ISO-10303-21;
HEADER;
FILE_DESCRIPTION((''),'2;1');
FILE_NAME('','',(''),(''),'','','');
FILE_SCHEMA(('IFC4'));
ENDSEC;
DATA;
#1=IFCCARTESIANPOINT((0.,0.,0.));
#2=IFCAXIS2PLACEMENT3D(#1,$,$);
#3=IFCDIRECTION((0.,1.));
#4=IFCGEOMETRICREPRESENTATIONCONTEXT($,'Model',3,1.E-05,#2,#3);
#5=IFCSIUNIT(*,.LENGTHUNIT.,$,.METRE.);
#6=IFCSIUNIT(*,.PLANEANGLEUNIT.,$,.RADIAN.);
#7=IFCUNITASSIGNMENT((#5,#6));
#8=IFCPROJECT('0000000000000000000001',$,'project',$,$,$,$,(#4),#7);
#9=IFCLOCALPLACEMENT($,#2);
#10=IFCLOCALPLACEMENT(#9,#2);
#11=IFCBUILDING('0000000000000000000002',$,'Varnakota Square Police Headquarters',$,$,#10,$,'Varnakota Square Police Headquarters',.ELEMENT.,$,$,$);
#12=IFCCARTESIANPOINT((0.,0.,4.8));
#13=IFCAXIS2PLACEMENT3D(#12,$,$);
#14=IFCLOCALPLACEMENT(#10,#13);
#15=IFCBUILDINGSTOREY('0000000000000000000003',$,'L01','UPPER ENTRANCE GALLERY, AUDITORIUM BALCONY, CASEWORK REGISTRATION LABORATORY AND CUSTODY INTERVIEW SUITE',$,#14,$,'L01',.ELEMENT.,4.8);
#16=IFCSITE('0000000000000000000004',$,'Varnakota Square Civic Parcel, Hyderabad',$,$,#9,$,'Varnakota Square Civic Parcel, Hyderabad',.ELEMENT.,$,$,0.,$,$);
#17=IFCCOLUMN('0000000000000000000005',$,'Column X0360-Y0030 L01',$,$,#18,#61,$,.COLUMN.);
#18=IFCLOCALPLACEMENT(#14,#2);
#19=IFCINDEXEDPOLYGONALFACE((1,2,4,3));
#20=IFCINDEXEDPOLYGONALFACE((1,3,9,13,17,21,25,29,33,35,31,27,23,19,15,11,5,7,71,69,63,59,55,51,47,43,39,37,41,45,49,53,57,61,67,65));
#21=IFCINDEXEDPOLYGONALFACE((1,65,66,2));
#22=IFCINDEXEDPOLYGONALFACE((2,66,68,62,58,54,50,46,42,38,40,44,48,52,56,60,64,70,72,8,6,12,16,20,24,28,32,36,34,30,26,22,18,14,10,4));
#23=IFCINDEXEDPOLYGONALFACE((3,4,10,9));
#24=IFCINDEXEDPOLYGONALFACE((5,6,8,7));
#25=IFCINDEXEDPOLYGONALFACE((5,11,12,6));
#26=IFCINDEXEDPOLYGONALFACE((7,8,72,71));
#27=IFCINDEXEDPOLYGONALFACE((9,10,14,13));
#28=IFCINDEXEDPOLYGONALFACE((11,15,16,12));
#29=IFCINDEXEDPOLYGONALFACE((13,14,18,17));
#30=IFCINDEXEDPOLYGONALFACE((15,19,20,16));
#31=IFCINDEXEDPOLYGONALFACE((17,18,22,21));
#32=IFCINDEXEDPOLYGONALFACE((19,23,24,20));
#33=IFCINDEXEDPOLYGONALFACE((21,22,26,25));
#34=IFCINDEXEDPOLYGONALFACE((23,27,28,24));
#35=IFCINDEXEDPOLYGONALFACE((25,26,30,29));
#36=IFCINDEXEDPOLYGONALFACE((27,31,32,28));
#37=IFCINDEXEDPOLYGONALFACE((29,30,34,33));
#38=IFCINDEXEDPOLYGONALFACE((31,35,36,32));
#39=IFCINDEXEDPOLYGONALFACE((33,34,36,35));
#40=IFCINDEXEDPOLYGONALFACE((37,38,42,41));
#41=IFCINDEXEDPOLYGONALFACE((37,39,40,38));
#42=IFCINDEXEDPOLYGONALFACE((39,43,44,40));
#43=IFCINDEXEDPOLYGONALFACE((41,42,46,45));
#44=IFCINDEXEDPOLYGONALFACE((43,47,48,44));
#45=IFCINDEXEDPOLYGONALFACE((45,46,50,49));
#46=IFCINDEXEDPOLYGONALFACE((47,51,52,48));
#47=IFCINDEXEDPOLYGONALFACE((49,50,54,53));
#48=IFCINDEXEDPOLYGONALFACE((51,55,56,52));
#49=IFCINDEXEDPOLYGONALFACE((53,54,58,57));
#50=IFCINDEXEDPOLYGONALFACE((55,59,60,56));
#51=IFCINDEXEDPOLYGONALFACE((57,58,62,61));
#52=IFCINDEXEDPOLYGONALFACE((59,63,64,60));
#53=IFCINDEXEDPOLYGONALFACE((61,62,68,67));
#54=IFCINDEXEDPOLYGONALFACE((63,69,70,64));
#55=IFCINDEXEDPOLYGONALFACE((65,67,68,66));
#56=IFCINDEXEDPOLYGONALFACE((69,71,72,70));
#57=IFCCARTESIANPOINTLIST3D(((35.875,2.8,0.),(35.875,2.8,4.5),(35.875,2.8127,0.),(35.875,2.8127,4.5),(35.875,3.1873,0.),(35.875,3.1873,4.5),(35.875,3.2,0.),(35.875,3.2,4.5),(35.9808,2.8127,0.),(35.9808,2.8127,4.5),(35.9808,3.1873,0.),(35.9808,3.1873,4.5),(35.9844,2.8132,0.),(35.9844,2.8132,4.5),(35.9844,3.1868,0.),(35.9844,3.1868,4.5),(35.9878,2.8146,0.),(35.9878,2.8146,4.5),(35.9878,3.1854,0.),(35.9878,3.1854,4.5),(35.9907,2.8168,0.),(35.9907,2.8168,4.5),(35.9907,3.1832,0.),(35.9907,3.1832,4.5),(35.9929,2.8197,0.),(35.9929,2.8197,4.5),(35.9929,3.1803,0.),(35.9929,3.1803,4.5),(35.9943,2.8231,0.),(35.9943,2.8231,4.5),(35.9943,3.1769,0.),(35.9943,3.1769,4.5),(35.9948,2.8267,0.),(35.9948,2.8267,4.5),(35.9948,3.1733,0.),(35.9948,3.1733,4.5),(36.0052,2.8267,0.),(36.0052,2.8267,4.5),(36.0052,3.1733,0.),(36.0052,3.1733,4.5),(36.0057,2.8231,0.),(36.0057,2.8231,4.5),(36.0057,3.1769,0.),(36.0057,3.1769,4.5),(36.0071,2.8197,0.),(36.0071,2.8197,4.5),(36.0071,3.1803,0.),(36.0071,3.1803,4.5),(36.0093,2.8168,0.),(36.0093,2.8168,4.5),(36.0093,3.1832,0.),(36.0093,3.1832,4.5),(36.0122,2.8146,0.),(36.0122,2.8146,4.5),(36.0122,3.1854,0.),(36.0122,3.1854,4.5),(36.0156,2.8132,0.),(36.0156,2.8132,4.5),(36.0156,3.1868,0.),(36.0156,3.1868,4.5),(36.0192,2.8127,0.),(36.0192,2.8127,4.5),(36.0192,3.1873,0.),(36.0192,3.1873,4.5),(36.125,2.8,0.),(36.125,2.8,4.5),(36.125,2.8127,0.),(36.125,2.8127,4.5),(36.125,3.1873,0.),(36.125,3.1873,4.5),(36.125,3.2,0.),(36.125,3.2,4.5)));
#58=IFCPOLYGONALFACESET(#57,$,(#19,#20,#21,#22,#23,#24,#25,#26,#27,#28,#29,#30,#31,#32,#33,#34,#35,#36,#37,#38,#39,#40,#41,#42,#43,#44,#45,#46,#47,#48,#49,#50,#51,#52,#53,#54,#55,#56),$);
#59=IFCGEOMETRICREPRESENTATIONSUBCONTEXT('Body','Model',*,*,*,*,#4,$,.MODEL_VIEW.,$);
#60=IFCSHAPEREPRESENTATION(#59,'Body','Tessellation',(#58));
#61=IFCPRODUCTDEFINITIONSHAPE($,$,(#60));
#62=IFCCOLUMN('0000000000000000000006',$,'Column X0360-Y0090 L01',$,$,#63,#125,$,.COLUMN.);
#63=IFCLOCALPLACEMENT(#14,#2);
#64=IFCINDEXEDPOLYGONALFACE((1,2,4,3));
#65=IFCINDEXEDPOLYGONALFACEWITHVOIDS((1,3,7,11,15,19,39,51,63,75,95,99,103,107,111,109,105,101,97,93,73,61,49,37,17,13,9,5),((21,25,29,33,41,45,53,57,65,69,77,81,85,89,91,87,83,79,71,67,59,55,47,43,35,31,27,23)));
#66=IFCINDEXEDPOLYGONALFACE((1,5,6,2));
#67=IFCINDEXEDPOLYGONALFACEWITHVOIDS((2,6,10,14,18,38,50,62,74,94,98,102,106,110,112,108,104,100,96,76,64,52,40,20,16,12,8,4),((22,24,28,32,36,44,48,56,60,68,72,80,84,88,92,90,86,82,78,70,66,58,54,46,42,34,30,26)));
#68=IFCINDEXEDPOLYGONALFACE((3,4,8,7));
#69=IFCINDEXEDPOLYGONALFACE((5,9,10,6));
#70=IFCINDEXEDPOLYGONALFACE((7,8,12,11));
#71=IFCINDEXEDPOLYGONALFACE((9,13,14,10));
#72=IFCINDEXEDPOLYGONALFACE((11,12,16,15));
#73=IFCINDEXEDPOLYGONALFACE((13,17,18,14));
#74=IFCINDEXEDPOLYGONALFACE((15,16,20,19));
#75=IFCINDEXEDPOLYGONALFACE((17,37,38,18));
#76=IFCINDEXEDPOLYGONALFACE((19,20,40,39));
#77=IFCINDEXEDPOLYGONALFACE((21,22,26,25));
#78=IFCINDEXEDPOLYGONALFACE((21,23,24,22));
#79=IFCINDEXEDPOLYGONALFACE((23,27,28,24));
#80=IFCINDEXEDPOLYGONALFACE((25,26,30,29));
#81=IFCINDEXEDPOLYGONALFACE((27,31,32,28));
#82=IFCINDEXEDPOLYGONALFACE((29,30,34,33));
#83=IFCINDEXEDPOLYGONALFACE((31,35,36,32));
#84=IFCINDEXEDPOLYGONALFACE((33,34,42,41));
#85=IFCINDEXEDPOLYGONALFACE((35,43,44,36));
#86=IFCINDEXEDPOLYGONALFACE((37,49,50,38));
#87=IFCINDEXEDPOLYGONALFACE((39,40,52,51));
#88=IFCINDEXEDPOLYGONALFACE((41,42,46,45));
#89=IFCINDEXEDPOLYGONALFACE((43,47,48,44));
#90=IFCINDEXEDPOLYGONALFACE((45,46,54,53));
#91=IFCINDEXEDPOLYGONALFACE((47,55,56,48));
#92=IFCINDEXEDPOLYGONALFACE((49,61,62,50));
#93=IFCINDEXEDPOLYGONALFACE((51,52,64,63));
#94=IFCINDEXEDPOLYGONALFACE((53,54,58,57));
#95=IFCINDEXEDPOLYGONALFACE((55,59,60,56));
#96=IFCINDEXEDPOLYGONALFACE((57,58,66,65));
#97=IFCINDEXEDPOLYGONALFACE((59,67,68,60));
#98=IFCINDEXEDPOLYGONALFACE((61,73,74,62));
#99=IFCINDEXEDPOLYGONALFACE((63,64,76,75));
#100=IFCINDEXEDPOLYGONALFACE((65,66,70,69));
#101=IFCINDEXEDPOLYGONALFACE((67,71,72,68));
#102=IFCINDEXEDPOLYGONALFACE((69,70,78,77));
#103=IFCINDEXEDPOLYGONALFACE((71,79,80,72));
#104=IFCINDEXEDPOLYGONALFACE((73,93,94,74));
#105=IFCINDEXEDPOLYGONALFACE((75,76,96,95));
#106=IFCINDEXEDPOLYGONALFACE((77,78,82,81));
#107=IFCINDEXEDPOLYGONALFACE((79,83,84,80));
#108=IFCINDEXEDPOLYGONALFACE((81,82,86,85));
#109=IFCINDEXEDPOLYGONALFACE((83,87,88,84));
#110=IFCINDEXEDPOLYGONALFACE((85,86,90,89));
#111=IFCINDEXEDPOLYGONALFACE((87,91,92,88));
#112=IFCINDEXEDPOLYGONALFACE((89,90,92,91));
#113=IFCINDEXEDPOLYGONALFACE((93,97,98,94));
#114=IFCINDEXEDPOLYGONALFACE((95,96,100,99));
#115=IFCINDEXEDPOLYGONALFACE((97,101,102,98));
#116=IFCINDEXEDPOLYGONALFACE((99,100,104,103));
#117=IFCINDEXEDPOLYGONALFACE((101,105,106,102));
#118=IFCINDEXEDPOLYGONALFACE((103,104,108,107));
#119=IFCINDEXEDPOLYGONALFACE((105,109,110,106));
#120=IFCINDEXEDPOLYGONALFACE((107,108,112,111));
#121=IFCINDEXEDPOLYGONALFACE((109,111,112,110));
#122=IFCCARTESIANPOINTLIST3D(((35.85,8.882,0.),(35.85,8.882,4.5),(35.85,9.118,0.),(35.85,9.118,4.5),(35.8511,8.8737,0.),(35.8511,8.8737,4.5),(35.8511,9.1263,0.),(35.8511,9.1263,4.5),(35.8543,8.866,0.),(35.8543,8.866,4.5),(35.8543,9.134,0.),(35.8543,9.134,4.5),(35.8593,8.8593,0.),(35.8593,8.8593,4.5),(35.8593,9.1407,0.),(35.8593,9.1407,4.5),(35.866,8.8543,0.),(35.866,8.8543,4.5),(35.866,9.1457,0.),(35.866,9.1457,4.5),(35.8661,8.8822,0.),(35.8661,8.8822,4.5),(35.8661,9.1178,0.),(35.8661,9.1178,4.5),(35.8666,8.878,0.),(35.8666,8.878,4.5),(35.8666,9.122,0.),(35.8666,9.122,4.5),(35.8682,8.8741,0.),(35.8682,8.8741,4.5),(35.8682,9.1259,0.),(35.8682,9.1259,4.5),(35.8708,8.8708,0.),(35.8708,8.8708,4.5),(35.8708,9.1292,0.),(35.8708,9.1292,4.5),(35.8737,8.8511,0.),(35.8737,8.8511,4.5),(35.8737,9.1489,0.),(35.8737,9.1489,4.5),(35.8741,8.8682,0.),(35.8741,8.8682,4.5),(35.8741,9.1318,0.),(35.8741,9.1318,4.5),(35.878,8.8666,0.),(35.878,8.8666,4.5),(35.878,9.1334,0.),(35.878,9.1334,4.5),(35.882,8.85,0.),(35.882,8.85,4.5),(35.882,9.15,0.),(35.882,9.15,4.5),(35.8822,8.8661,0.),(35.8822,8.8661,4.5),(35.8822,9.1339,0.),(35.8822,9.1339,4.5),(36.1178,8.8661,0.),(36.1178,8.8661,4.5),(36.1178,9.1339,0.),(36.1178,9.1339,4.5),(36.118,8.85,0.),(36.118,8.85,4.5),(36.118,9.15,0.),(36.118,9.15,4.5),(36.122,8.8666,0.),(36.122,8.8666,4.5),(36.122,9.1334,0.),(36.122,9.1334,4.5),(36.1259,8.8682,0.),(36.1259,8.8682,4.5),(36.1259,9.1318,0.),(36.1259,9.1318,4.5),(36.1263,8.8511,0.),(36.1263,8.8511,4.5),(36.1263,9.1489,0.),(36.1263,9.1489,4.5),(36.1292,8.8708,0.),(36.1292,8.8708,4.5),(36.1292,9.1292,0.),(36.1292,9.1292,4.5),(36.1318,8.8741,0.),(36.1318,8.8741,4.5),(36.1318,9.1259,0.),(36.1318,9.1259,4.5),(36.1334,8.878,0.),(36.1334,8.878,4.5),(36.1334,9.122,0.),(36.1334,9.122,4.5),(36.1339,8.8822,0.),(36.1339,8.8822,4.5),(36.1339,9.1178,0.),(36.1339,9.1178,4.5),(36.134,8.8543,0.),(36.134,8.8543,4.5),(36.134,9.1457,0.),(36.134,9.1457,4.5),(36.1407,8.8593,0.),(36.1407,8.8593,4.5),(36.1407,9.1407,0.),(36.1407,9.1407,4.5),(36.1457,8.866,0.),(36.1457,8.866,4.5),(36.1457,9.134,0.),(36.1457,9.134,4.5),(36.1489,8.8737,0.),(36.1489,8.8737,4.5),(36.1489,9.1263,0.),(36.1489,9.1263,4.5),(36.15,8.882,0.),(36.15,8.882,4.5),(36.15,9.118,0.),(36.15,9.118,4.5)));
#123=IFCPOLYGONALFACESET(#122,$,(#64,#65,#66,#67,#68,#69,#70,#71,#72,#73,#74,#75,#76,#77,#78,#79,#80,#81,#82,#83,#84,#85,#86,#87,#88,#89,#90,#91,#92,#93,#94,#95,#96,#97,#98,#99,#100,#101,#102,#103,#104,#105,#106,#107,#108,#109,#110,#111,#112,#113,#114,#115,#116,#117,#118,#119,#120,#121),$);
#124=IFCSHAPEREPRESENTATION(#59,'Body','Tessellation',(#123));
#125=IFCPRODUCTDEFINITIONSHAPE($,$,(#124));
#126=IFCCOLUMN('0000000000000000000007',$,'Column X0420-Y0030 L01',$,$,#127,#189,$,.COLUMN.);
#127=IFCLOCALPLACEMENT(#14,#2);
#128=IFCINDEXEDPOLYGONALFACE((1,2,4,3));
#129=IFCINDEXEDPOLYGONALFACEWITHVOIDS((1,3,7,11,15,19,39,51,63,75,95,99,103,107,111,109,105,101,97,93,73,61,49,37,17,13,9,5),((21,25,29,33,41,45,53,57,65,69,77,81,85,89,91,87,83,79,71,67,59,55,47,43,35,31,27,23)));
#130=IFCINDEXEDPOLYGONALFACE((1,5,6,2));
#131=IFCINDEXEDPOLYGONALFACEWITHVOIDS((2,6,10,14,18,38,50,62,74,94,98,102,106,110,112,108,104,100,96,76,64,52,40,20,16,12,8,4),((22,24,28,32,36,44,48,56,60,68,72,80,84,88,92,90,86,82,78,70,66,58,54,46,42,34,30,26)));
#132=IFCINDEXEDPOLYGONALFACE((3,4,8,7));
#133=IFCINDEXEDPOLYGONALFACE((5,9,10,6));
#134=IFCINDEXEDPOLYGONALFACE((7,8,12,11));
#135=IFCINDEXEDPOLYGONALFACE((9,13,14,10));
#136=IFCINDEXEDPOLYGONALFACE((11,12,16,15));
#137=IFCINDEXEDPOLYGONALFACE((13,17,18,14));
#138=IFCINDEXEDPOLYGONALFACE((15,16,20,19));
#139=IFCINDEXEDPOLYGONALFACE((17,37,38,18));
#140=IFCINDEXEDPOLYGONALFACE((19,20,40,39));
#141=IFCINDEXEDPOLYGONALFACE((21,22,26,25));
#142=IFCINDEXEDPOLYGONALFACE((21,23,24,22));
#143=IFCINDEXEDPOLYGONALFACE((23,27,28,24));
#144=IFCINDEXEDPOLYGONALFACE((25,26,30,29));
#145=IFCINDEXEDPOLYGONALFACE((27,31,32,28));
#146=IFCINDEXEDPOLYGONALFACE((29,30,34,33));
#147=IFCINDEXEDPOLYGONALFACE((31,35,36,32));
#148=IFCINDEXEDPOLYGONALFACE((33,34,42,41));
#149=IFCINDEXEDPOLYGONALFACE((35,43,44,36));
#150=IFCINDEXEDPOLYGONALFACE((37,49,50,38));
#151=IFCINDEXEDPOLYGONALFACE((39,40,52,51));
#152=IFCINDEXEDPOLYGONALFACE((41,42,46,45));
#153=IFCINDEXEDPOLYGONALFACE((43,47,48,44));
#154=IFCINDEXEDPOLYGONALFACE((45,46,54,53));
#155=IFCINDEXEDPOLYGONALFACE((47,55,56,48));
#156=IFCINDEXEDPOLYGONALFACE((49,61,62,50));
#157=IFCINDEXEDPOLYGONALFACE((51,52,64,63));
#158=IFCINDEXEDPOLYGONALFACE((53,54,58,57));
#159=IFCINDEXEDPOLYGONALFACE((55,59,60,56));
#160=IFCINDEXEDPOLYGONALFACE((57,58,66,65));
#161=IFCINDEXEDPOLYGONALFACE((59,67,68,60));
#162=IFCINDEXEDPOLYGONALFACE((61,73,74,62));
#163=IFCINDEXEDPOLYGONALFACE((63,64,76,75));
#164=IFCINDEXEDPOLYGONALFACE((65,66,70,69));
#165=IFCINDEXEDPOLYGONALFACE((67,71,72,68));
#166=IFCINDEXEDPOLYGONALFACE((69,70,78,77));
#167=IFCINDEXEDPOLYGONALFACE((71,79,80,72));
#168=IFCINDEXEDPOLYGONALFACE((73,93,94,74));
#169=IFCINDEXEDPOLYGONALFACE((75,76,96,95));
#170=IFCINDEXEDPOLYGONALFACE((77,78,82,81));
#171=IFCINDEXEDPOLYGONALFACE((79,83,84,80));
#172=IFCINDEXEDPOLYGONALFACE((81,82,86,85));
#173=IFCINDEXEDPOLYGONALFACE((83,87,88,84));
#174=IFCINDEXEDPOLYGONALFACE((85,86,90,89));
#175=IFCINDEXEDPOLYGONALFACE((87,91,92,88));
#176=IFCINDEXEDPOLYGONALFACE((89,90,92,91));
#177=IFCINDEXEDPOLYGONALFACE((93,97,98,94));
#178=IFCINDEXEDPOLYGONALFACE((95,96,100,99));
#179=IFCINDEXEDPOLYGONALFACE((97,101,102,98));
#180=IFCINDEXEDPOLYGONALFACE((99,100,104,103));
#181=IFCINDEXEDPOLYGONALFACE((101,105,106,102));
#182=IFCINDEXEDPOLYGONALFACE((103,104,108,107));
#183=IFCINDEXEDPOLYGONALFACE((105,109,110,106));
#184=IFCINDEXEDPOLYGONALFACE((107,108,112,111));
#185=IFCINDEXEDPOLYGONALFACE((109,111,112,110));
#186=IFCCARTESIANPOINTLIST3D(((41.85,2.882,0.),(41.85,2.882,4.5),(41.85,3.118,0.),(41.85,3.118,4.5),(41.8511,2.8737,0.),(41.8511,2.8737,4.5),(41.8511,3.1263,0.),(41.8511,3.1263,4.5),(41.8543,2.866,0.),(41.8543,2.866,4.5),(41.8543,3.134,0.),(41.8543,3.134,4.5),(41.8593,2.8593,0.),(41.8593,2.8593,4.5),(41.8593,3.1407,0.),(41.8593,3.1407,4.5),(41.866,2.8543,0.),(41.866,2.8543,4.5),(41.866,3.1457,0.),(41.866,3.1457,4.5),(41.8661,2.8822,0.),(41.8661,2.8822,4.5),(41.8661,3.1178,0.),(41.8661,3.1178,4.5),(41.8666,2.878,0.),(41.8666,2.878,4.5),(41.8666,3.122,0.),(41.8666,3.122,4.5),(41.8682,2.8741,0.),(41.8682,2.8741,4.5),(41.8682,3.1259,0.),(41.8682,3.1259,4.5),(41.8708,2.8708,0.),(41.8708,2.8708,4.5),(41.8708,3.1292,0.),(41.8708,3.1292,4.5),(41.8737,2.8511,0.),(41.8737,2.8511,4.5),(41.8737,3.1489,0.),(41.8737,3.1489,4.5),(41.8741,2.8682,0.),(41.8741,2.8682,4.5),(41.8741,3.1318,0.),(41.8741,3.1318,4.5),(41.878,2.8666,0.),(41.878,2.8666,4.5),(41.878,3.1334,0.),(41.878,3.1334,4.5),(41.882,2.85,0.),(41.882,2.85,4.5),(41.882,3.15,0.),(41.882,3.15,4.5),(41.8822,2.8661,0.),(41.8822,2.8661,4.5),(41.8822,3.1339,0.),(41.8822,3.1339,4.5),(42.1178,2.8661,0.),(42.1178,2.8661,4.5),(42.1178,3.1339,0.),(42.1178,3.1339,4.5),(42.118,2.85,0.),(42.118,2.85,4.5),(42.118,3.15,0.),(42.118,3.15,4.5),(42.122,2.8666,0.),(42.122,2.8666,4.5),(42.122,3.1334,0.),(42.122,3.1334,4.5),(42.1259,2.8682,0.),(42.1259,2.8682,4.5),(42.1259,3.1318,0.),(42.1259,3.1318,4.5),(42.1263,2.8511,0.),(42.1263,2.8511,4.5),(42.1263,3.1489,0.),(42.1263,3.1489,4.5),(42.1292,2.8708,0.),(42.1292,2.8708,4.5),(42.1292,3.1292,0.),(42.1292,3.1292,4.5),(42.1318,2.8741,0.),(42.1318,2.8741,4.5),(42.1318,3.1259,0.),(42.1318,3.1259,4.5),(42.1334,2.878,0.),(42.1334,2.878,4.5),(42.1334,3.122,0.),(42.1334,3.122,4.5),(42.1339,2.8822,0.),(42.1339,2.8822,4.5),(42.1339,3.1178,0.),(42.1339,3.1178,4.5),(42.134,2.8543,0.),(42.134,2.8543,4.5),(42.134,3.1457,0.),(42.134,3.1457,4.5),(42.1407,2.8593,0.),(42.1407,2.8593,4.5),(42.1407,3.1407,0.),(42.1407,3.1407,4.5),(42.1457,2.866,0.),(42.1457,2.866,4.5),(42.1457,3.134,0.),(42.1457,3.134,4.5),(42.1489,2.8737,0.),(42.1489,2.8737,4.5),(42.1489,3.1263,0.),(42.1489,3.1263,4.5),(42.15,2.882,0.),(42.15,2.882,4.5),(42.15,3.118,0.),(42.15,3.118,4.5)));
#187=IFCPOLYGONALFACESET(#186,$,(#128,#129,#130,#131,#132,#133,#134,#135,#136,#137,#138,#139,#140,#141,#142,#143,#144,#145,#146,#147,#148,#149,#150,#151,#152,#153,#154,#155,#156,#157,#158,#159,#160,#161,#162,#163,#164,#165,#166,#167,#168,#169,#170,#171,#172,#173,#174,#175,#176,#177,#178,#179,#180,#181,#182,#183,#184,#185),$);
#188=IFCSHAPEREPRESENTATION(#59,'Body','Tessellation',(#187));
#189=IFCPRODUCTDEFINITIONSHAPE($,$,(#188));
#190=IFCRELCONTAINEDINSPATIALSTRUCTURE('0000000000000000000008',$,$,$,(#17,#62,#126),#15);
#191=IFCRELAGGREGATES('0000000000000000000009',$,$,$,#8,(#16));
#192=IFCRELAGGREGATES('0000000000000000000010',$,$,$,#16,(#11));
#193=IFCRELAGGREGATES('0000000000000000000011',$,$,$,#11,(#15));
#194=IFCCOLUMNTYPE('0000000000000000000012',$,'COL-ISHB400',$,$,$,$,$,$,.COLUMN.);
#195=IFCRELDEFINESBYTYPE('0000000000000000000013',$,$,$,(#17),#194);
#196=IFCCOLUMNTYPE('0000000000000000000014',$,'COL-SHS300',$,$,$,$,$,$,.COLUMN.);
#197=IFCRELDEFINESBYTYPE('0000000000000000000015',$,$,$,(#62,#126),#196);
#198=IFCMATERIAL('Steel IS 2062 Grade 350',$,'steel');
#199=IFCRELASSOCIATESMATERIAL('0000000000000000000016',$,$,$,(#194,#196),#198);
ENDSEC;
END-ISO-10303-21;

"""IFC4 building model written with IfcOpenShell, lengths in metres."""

from ifc_helpers import new_model, si_unit, direction, frame, origin, origin_2d, place, context, subcontext, project, spatial, hollow_rectangle, i_section, extrude, material, material_profile, profile_set, type_object, element, save


model = new_model("IFC4")

# Units and contexts
model_context = context("Model", 3, precision=1e-05, world=origin(), true_north=direction((0.0, 1.0)))
body_context = subcontext(model_context, "Body", "Model", "MODEL_VIEW")
ifc_project = project(units=[si_unit("LENGTHUNIT", "METRE"), si_unit("PLANEANGLEUNIT", "RADIAN")], contexts=[model_context])

# Site, building, storey
site_placement = place(None, origin())
site = spatial("IfcSite", under=ifc_project, at=site_placement, Name="Varnakota Square Civic Parcel, Hyderabad", LongName="Varnakota Square Civic Parcel, Hyderabad", CompositionType="ELEMENT", RefElevation=0.0)
building_placement = place(site_placement, origin())
building = spatial("IfcBuilding", under=site, at=building_placement, Name="Varnakota Square Police Headquarters", LongName="Varnakota Square Police Headquarters", CompositionType="ELEMENT")
storey_placement = place(building_placement, frame((0.0, 0.0, 4.8)))
storey = spatial("IfcBuildingStorey", under=building, at=storey_placement, Name="L01", Description="UPPER ENTRANCE GALLERY, AUDITORIUM BALCONY, CASEWORK REGISTRATION LABORATORY AND CUSTODY INTERVIEW SUITE", LongName="L01", CompositionType="ELEMENT", Elevation=4.8)

# Columns
ifc_material_1 = material(Name="Steel IS 2062 Grade 350", Category="steel")
ifc_material_profile_1 = material_profile(ifc_material_1, i_section(OverallWidth=0.25, OverallDepth=0.3999, WebThickness=0.0105, FlangeThickness=0.0127, FilletRadius=0.0139, at=origin_2d()), Name="ISHB 400")
ifc_profile_set_1 = profile_set([ifc_material_profile_1], Name="Steel IS 2062 Grade 350")
column_type_1 = type_object("IfcColumnType", Name="COL-ISHB400", PredefinedType="COLUMN", material=ifc_profile_set_1)
column_placement = place(storey_placement, frame((36.0, 3.0, 0.0), z_axis=(0.0, 0.0, 1.0), x_axis=(1.0, 0.0, 0.0)))
element("IfcColumn", 1, at=column_placement, inside=storey, type_object=column_type_1, Name="Column X0360-Y0030 L01", PredefinedType="COLUMN", context=body_context, shape_type="SweptSolid", body=[
    extrude(i_section(OverallWidth=0.25, OverallDepth=0.3999, WebThickness=0.0105, FlangeThickness=0.0127, FilletRadius=0.0139, at=origin_2d()), origin(), (0.0, 0.0, 1.0), 4.5),
])
ifc_material_profile_2 = material_profile(ifc_material_1, hollow_rectangle(XDim=0.3, YDim=0.3, WallThickness=0.0161, InnerFilletRadius=0.0161, OuterFilletRadius=0.032, at=origin_2d()), Name="SHS 300x300x16")
ifc_profile_set_2 = profile_set([ifc_material_profile_2], Name="Steel IS 2062 Grade 350")
column_type_2 = type_object("IfcColumnType", Name="COL-SHS300", PredefinedType="COLUMN", material=ifc_profile_set_2)
for number, where, z_axis, x_axis, name in (
    (2, (36.0, 9.0, 0.0), (0.0, 0.0, 1.0), (1.0, 0.0, 0.0), "Column X0360-Y0090 L01"),
    (3, (42.0, 3.0, 0.0), (0.0, 0.0, 1.0), (1.0, 0.0, 0.0), "Column X0420-Y0030 L01"),
):
    element("IfcColumn", number, at=place(storey_placement, frame(where, z_axis=z_axis, x_axis=x_axis)), inside=storey, type_object=column_type_2, Name=name, PredefinedType="COLUMN", context=body_context, shape_type="SweptSolid", body=[
        extrude(hollow_rectangle(XDim=0.3, YDim=0.3, WallThickness=0.0161, InnerFilletRadius=0.0161, OuterFilletRadius=0.032, at=origin_2d()), origin(), (0.0, 0.0, 1.0), 4.5),
    ])

save(model, "model.ifc")
